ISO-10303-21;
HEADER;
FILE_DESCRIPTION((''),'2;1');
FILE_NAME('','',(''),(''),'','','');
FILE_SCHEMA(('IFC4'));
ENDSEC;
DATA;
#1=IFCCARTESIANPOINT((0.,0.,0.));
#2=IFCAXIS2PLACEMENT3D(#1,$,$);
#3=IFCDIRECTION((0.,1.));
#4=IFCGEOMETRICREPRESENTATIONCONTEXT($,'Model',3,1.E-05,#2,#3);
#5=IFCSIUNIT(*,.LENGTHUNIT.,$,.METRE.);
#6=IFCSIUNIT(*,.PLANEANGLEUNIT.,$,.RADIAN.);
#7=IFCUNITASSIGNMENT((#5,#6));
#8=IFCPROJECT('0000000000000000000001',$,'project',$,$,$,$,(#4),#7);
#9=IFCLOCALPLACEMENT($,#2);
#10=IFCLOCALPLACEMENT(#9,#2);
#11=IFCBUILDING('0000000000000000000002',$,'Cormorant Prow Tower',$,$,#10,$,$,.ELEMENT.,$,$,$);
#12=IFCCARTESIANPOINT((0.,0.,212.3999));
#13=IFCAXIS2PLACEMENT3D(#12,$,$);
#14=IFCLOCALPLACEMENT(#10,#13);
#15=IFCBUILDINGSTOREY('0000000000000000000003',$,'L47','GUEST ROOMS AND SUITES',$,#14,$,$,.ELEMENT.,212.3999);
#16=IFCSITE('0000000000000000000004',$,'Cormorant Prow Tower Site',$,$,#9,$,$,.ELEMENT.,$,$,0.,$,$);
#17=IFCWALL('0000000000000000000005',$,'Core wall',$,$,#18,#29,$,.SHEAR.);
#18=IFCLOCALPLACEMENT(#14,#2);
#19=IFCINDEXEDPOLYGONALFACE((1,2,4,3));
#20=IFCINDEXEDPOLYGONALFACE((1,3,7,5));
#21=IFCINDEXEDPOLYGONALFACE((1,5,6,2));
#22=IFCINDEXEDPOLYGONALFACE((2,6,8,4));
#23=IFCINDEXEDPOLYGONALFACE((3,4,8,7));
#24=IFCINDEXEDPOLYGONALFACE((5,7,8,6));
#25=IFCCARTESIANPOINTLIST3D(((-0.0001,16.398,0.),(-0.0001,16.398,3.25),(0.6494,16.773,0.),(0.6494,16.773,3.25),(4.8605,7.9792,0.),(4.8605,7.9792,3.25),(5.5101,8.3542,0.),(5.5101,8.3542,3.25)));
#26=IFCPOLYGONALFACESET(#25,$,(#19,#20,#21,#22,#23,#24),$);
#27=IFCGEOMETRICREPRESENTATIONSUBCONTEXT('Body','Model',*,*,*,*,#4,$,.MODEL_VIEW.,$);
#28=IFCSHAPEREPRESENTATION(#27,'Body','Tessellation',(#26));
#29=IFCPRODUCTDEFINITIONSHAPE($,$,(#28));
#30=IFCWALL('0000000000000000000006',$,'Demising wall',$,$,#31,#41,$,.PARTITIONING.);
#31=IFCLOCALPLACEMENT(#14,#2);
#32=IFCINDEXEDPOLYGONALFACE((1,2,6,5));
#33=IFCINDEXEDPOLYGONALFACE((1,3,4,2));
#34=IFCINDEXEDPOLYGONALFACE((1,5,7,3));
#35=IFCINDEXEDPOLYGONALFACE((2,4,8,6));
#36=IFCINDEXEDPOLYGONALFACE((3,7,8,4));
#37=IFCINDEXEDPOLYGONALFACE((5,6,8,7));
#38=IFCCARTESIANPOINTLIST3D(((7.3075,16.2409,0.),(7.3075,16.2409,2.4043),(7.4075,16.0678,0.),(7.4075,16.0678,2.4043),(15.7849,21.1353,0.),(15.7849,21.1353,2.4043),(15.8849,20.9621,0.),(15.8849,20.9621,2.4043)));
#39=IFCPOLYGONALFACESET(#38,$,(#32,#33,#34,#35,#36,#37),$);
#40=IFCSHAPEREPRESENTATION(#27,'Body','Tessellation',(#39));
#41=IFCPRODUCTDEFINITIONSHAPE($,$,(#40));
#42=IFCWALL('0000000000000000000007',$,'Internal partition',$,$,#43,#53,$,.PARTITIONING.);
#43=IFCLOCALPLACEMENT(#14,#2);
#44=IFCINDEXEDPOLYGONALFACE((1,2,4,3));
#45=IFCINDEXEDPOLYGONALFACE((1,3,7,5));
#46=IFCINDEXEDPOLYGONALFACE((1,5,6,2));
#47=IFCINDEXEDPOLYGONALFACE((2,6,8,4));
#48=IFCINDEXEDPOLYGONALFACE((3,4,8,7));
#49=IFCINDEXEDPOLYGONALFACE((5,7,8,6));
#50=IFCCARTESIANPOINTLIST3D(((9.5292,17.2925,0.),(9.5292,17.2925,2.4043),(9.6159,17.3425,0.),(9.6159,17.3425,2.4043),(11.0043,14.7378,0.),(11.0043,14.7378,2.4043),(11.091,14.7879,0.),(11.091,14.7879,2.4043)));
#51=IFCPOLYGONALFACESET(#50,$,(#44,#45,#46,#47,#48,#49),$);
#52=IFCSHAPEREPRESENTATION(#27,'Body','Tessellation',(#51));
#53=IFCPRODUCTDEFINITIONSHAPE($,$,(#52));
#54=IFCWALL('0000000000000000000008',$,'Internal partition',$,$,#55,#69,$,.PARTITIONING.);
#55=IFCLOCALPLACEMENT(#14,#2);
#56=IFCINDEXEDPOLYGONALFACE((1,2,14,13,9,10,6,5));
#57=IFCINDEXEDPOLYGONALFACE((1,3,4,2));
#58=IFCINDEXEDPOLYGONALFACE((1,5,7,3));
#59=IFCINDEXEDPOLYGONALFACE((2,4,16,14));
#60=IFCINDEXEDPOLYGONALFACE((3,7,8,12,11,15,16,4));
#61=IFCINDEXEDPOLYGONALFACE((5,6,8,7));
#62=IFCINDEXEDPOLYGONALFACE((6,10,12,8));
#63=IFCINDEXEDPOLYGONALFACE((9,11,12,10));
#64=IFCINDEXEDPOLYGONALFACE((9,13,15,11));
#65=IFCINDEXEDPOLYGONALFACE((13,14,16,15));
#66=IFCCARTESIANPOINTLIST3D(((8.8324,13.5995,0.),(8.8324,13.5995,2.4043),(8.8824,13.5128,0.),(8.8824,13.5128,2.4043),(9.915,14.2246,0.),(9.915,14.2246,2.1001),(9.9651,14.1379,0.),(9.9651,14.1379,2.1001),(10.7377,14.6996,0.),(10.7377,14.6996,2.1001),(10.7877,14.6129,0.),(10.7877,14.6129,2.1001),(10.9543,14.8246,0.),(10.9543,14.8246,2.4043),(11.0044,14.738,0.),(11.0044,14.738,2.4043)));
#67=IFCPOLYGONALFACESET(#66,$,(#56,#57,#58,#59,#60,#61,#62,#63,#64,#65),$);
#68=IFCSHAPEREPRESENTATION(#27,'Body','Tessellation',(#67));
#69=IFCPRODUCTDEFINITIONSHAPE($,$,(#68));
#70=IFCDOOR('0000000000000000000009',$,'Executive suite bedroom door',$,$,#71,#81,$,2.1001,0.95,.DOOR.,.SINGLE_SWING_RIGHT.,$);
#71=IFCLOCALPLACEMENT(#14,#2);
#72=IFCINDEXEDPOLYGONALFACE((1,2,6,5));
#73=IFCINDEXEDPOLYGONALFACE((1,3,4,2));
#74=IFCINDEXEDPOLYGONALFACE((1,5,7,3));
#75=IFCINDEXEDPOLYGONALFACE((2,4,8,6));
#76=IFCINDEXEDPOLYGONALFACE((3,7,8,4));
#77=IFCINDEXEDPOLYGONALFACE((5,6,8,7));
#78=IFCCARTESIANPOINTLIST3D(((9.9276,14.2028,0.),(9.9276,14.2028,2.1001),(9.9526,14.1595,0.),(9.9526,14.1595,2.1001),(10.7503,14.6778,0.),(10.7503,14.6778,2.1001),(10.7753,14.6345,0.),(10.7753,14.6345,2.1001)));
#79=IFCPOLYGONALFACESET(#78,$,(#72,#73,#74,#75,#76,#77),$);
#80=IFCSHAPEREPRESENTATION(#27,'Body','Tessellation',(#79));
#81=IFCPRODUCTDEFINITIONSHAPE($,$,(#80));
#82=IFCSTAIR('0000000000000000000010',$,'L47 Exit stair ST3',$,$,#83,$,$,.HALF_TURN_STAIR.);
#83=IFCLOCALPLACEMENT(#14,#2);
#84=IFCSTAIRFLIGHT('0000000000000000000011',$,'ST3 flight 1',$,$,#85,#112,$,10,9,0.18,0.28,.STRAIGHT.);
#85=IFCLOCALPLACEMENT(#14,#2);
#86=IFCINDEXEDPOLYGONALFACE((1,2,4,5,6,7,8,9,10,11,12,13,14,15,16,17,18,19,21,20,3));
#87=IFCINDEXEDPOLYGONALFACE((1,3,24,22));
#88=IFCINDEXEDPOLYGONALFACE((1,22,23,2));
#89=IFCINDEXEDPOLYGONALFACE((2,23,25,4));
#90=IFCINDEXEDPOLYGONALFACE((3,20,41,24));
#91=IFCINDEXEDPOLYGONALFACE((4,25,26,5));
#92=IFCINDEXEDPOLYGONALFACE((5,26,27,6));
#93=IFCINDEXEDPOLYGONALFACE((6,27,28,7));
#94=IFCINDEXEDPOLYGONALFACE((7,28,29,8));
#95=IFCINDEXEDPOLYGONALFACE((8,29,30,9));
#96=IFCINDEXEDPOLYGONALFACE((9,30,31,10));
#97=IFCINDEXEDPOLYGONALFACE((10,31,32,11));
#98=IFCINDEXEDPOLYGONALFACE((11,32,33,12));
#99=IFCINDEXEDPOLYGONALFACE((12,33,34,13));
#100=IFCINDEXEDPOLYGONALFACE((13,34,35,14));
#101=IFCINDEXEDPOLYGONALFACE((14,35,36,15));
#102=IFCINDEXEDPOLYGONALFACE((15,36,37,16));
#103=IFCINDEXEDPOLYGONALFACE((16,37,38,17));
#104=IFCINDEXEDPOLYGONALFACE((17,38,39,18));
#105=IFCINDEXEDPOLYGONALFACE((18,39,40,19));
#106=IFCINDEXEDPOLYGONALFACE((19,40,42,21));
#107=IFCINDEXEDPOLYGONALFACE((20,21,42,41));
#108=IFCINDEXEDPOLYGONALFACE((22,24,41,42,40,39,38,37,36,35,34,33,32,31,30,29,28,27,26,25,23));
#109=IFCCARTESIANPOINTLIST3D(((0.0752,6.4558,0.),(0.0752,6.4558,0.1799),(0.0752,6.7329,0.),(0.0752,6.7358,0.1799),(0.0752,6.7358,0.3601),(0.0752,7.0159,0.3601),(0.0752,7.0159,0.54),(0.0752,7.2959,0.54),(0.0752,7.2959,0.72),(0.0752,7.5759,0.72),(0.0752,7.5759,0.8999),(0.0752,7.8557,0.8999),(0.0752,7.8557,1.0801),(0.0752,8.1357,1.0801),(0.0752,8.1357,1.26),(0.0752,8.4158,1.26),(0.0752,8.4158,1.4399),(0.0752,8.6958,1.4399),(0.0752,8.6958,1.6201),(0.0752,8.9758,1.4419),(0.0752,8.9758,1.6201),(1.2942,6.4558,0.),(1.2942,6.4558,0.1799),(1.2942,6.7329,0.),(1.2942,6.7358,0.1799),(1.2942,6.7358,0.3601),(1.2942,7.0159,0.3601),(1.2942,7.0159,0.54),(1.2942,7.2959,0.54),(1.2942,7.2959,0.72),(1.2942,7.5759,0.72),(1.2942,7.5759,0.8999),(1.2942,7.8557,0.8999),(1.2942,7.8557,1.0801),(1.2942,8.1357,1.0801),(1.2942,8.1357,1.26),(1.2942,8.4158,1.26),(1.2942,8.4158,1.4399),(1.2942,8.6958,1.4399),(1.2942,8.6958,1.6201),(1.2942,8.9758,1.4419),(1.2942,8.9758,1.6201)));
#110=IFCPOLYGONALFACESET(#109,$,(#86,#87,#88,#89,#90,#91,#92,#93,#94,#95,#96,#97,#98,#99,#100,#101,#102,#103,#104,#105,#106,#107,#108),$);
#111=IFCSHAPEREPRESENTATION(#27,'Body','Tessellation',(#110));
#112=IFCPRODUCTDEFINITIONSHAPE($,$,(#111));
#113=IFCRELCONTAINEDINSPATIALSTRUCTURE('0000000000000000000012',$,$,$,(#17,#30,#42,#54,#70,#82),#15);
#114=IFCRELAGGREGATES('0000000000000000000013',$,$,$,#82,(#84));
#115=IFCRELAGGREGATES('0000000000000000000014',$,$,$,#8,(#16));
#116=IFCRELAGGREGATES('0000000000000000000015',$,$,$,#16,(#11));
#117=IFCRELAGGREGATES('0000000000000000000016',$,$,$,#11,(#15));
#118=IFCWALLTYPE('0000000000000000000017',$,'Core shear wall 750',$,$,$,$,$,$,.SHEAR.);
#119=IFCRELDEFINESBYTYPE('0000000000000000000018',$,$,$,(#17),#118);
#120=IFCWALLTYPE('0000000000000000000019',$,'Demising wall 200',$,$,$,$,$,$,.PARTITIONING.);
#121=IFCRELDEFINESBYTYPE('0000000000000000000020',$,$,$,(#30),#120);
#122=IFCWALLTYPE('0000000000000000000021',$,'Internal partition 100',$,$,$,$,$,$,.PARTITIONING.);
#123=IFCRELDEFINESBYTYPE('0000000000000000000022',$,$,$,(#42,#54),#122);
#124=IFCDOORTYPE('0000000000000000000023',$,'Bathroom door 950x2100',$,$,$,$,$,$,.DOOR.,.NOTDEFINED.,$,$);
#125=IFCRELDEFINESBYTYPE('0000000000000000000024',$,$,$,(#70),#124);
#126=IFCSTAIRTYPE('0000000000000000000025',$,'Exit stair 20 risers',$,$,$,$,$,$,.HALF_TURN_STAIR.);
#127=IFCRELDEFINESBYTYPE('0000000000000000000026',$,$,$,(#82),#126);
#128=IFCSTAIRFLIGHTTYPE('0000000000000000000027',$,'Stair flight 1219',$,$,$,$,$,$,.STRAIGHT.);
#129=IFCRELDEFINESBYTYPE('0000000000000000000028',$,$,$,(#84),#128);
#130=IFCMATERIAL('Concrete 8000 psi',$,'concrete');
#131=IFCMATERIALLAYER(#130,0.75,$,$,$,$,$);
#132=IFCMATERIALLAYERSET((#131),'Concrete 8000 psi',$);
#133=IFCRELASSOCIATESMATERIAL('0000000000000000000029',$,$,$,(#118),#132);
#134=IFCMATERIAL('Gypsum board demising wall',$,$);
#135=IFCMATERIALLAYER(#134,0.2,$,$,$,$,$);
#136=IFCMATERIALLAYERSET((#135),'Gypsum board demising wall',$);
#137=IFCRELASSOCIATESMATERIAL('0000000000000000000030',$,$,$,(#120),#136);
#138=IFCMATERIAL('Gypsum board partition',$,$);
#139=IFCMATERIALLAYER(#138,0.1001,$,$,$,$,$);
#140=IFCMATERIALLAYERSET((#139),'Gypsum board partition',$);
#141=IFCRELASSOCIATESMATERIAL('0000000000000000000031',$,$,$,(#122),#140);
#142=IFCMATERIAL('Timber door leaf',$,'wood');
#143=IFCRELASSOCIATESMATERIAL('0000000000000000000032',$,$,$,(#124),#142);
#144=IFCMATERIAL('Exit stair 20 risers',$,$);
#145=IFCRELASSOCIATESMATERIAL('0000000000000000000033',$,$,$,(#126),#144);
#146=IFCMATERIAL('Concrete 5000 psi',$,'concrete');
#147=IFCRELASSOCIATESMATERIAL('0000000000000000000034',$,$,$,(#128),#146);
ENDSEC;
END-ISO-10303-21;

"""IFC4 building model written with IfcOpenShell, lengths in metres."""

from ifc_helpers import new_model, si_unit, direction, frame, frame_2d, origin, place, context, subcontext, project, spatial, polyline, rectangle, outline, extrude, material, layer, layer_set, type_object, element, fill, aggregate, save


model = new_model("IFC4")

# Units and contexts
model_context = context("Model", 3, precision=1e-05, world=origin(), true_north=direction((0.0, 1.0)))
body_context = subcontext(model_context, "Body", "Model", "MODEL_VIEW")
ifc_project = project(units=[si_unit("LENGTHUNIT", "METRE"), si_unit("PLANEANGLEUNIT", "RADIAN")], contexts=[model_context])

# Site, building, storey
site_placement = place(None, origin())
site = spatial("IfcSite", under=ifc_project, at=site_placement, Name="Cormorant Prow Tower Site", CompositionType="ELEMENT", RefElevation=0.0)
building_placement = place(site_placement, origin())
building = spatial("IfcBuilding", under=site, at=building_placement, Name="Cormorant Prow Tower", CompositionType="ELEMENT")
storey_placement = place(building_placement, frame((0.0, 0.0, 212.3999)))
storey = spatial("IfcBuildingStorey", under=building, at=storey_placement, Name="L47", Description="GUEST ROOMS AND SUITES", CompositionType="ELEMENT", Elevation=212.3999)

# Walls
ifc_material_1 = material(Name="Concrete 8000 psi", Category="concrete")
ifc_layer_1 = layer(ifc_material_1, 0.75)
ifc_layer_set_1 = layer_set([ifc_layer_1], Name="Concrete 8000 psi")
wall_type_1 = type_object("IfcWallType", Name="Core shear wall 750", PredefinedType="SHEAR", material=ifc_layer_set_1)
wall_1_placement = place(storey_placement, frame((5.1853, 8.1667, 0.0), z_axis=(0.0, 0.0, 1.0), x_axis=(-0.500004, 0.866023, 0.0)))
element("IfcWall", 1, at=wall_1_placement, inside=storey, type_object=wall_type_1, Name="Core wall", PredefinedType="SHEAR", context=body_context, shape_type="SweptSolid", body=[
    extrude(rectangle(XDim=9.7212, YDim=0.75, at=frame_2d((4.8606, 0.0))), origin(), (0.0, 0.0, 1.0), 3.25),
])
ifc_material_2 = material(Name="Gypsum board demising wall")
ifc_layer_2 = layer(ifc_material_2, 0.2)
ifc_layer_set_2 = layer_set([ifc_layer_2], Name="Gypsum board demising wall")
wall_type_2 = type_object("IfcWallType", Name="Demising wall 200", PredefinedType="PARTITIONING", material=ifc_layer_set_2)
wall_2_placement = place(storey_placement, frame((7.3574, 16.1543, 0.0), z_axis=(0.0, 0.0, 1.0), x_axis=(0.866029, 0.499994, 0.0)))
element("IfcWall", 2, at=wall_2_placement, inside=storey, type_object=wall_type_2, Name="Demising wall", PredefinedType="PARTITIONING", context=body_context, shape_type="SweptSolid", body=[
    extrude(rectangle(XDim=9.7888, YDim=0.2, at=frame_2d((4.8945, 0.0))), origin(), (0.0, 0.0, 1.0), 2.4043),
])
ifc_material_3 = material(Name="Gypsum board partition")
ifc_layer_3 = layer(ifc_material_3, 0.1001)
ifc_layer_set_3 = layer_set([ifc_layer_3], Name="Gypsum board partition")
wall_type_3 = type_object("IfcWallType", Name="Internal partition 100", PredefinedType="PARTITIONING", material=ifc_layer_set_3)
wall_3_placement = place(storey_placement, frame((9.5725, 17.3176, 0.0), z_axis=(0.0, 0.0, 1.0), x_axis=(0.500038, -0.866004, 0.0)))
element("IfcWall", 3, at=wall_3_placement, inside=storey, type_object=wall_type_3, Name="Internal partition", PredefinedType="PARTITIONING", context=body_context, shape_type="SweptSolid", body=[
    extrude(rectangle(XDim=2.95, YDim=0.1001, at=frame_2d((1.4751, 0.0))), origin(), (0.0, 0.0, 1.0), 2.4043),
])

# Wall, opening, door
wall_4_placement = place(storey_placement, frame((8.8574, 13.5562, 0.0), z_axis=(0.0, 0.0, 1.0), x_axis=(0.866015, 0.500019, 0.0)))
wall_4 = element("IfcWall", 4, at=wall_4_placement, inside=storey, type_object=wall_type_3, Name="Internal partition", PredefinedType="PARTITIONING", context=body_context, shape_type="SweptSolid", body=[
    extrude(rectangle(XDim=2.4502, YDim=0.1001, at=frame_2d((1.2251, 0.0))), origin(), (0.0, 0.0, 1.0), 2.4043),
])
opening_1_placement = place(wall_4_placement, frame((1.25, 0.0, 0.0)))
opening_1 = element("IfcOpeningElement", 5, at=opening_1_placement, cuts=wall_4, PredefinedType="OPENING", context=body_context, shape_type="SweptSolid", body=[
    extrude(rectangle(XDim=0.95, YDim=2.1001, at=frame_2d((0.4751, 1.05))), frame((0.0, 0.0601, 0.0), z_axis=(0.0, -1.0, 0.0), x_axis=(1.0, 0.0, 0.0)), (0.0, 0.0, 1.0), 0.1201),
])
ifc_material_4 = material(Name="Timber door leaf", Category="wood")
door_type_1 = type_object("IfcDoorType", Name="Bathroom door 950x2100", OperationType="NOTDEFINED", PredefinedType="DOOR", material=ifc_material_4)
door_1_placement = place(opening_1_placement, origin())
door_1 = element("IfcDoor", 6, at=door_1_placement, inside=storey, type_object=door_type_1, Name="Executive suite bedroom door", OperationType="SINGLE_SWING_RIGHT", OverallHeight=2.1001, OverallWidth=0.95, PredefinedType="DOOR", context=body_context, shape_type="SweptSolid", body=[
    extrude(rectangle(XDim=0.95, YDim=2.1001, at=frame_2d((0.4751, 1.05))), frame((0.0, 0.0249, 0.0), z_axis=(0.0, -1.0, 0.0), x_axis=(1.0, 0.0, 0.0)), (0.0, 0.0, 1.0), 0.05),
])
fill(opening_1, door_1)

# Stair, stair flight
ifc_material_5 = material(Name="Exit stair 20 risers")
stair_type = type_object("IfcStairType", Name="Exit stair 20 risers", PredefinedType="HALF_TURN_STAIR", material=ifc_material_5)
stair_placement = place(storey_placement, origin())
stair = element("IfcStair", 7, at=stair_placement, inside=storey, type_object=stair_type, Name="L47 Exit stair ST3", PredefinedType="HALF_TURN_STAIR")
ifc_material_6 = material(Name="Concrete 5000 psi", Category="concrete")
stair_flight_type = type_object("IfcStairFlightType", Name="Stair flight 1219", PredefinedType="STRAIGHT", material=ifc_material_6)
stair_flight_placement = place(storey_placement, frame((0.6846, 6.4558, 0.0), z_axis=(0.0, 0.0, 1.0), x_axis=(0.0, 1.0, 0.0)))
stair_flight = element("IfcStairFlight", 8, at=stair_flight_placement, type_object=stair_flight_type, Name="ST3 flight 1", NumberOfRisers=10, NumberOfTreads=9, PredefinedType="STRAIGHT", RiserHeight=0.18, TreadLength=0.28, context=body_context, shape_type="SweptSolid", body=[
    extrude(outline(polyline([(0.0, 0.0), (0.0, 0.1799), (0.28, 0.1799), (0.28, 0.3601), (0.5601, 0.3601), (0.5601, 0.54), (0.8401, 0.54), (0.8401, 0.72), (1.1201, 0.72), (1.1201, 0.8999), (1.3999, 0.8999), (1.3999, 1.0801), (1.6799, 1.0801), (1.6799, 1.26), (1.96, 1.26), (1.96, 1.4399), (2.24, 1.4399), (2.24, 1.6201), (2.52, 1.6201), (2.52, 1.8), (2.52, 1.4419), (0.2771, 0.0), (0.0, 0.0)])), frame((0.0, 0.6094, 0.0), z_axis=(0.0, -1.0, 0.0), x_axis=(1.0, 0.0, 0.0)), (0.0, 0.0, 1.0), 1.219),
])
aggregate(stair, [stair_flight])

save(model, "model.ifc")
